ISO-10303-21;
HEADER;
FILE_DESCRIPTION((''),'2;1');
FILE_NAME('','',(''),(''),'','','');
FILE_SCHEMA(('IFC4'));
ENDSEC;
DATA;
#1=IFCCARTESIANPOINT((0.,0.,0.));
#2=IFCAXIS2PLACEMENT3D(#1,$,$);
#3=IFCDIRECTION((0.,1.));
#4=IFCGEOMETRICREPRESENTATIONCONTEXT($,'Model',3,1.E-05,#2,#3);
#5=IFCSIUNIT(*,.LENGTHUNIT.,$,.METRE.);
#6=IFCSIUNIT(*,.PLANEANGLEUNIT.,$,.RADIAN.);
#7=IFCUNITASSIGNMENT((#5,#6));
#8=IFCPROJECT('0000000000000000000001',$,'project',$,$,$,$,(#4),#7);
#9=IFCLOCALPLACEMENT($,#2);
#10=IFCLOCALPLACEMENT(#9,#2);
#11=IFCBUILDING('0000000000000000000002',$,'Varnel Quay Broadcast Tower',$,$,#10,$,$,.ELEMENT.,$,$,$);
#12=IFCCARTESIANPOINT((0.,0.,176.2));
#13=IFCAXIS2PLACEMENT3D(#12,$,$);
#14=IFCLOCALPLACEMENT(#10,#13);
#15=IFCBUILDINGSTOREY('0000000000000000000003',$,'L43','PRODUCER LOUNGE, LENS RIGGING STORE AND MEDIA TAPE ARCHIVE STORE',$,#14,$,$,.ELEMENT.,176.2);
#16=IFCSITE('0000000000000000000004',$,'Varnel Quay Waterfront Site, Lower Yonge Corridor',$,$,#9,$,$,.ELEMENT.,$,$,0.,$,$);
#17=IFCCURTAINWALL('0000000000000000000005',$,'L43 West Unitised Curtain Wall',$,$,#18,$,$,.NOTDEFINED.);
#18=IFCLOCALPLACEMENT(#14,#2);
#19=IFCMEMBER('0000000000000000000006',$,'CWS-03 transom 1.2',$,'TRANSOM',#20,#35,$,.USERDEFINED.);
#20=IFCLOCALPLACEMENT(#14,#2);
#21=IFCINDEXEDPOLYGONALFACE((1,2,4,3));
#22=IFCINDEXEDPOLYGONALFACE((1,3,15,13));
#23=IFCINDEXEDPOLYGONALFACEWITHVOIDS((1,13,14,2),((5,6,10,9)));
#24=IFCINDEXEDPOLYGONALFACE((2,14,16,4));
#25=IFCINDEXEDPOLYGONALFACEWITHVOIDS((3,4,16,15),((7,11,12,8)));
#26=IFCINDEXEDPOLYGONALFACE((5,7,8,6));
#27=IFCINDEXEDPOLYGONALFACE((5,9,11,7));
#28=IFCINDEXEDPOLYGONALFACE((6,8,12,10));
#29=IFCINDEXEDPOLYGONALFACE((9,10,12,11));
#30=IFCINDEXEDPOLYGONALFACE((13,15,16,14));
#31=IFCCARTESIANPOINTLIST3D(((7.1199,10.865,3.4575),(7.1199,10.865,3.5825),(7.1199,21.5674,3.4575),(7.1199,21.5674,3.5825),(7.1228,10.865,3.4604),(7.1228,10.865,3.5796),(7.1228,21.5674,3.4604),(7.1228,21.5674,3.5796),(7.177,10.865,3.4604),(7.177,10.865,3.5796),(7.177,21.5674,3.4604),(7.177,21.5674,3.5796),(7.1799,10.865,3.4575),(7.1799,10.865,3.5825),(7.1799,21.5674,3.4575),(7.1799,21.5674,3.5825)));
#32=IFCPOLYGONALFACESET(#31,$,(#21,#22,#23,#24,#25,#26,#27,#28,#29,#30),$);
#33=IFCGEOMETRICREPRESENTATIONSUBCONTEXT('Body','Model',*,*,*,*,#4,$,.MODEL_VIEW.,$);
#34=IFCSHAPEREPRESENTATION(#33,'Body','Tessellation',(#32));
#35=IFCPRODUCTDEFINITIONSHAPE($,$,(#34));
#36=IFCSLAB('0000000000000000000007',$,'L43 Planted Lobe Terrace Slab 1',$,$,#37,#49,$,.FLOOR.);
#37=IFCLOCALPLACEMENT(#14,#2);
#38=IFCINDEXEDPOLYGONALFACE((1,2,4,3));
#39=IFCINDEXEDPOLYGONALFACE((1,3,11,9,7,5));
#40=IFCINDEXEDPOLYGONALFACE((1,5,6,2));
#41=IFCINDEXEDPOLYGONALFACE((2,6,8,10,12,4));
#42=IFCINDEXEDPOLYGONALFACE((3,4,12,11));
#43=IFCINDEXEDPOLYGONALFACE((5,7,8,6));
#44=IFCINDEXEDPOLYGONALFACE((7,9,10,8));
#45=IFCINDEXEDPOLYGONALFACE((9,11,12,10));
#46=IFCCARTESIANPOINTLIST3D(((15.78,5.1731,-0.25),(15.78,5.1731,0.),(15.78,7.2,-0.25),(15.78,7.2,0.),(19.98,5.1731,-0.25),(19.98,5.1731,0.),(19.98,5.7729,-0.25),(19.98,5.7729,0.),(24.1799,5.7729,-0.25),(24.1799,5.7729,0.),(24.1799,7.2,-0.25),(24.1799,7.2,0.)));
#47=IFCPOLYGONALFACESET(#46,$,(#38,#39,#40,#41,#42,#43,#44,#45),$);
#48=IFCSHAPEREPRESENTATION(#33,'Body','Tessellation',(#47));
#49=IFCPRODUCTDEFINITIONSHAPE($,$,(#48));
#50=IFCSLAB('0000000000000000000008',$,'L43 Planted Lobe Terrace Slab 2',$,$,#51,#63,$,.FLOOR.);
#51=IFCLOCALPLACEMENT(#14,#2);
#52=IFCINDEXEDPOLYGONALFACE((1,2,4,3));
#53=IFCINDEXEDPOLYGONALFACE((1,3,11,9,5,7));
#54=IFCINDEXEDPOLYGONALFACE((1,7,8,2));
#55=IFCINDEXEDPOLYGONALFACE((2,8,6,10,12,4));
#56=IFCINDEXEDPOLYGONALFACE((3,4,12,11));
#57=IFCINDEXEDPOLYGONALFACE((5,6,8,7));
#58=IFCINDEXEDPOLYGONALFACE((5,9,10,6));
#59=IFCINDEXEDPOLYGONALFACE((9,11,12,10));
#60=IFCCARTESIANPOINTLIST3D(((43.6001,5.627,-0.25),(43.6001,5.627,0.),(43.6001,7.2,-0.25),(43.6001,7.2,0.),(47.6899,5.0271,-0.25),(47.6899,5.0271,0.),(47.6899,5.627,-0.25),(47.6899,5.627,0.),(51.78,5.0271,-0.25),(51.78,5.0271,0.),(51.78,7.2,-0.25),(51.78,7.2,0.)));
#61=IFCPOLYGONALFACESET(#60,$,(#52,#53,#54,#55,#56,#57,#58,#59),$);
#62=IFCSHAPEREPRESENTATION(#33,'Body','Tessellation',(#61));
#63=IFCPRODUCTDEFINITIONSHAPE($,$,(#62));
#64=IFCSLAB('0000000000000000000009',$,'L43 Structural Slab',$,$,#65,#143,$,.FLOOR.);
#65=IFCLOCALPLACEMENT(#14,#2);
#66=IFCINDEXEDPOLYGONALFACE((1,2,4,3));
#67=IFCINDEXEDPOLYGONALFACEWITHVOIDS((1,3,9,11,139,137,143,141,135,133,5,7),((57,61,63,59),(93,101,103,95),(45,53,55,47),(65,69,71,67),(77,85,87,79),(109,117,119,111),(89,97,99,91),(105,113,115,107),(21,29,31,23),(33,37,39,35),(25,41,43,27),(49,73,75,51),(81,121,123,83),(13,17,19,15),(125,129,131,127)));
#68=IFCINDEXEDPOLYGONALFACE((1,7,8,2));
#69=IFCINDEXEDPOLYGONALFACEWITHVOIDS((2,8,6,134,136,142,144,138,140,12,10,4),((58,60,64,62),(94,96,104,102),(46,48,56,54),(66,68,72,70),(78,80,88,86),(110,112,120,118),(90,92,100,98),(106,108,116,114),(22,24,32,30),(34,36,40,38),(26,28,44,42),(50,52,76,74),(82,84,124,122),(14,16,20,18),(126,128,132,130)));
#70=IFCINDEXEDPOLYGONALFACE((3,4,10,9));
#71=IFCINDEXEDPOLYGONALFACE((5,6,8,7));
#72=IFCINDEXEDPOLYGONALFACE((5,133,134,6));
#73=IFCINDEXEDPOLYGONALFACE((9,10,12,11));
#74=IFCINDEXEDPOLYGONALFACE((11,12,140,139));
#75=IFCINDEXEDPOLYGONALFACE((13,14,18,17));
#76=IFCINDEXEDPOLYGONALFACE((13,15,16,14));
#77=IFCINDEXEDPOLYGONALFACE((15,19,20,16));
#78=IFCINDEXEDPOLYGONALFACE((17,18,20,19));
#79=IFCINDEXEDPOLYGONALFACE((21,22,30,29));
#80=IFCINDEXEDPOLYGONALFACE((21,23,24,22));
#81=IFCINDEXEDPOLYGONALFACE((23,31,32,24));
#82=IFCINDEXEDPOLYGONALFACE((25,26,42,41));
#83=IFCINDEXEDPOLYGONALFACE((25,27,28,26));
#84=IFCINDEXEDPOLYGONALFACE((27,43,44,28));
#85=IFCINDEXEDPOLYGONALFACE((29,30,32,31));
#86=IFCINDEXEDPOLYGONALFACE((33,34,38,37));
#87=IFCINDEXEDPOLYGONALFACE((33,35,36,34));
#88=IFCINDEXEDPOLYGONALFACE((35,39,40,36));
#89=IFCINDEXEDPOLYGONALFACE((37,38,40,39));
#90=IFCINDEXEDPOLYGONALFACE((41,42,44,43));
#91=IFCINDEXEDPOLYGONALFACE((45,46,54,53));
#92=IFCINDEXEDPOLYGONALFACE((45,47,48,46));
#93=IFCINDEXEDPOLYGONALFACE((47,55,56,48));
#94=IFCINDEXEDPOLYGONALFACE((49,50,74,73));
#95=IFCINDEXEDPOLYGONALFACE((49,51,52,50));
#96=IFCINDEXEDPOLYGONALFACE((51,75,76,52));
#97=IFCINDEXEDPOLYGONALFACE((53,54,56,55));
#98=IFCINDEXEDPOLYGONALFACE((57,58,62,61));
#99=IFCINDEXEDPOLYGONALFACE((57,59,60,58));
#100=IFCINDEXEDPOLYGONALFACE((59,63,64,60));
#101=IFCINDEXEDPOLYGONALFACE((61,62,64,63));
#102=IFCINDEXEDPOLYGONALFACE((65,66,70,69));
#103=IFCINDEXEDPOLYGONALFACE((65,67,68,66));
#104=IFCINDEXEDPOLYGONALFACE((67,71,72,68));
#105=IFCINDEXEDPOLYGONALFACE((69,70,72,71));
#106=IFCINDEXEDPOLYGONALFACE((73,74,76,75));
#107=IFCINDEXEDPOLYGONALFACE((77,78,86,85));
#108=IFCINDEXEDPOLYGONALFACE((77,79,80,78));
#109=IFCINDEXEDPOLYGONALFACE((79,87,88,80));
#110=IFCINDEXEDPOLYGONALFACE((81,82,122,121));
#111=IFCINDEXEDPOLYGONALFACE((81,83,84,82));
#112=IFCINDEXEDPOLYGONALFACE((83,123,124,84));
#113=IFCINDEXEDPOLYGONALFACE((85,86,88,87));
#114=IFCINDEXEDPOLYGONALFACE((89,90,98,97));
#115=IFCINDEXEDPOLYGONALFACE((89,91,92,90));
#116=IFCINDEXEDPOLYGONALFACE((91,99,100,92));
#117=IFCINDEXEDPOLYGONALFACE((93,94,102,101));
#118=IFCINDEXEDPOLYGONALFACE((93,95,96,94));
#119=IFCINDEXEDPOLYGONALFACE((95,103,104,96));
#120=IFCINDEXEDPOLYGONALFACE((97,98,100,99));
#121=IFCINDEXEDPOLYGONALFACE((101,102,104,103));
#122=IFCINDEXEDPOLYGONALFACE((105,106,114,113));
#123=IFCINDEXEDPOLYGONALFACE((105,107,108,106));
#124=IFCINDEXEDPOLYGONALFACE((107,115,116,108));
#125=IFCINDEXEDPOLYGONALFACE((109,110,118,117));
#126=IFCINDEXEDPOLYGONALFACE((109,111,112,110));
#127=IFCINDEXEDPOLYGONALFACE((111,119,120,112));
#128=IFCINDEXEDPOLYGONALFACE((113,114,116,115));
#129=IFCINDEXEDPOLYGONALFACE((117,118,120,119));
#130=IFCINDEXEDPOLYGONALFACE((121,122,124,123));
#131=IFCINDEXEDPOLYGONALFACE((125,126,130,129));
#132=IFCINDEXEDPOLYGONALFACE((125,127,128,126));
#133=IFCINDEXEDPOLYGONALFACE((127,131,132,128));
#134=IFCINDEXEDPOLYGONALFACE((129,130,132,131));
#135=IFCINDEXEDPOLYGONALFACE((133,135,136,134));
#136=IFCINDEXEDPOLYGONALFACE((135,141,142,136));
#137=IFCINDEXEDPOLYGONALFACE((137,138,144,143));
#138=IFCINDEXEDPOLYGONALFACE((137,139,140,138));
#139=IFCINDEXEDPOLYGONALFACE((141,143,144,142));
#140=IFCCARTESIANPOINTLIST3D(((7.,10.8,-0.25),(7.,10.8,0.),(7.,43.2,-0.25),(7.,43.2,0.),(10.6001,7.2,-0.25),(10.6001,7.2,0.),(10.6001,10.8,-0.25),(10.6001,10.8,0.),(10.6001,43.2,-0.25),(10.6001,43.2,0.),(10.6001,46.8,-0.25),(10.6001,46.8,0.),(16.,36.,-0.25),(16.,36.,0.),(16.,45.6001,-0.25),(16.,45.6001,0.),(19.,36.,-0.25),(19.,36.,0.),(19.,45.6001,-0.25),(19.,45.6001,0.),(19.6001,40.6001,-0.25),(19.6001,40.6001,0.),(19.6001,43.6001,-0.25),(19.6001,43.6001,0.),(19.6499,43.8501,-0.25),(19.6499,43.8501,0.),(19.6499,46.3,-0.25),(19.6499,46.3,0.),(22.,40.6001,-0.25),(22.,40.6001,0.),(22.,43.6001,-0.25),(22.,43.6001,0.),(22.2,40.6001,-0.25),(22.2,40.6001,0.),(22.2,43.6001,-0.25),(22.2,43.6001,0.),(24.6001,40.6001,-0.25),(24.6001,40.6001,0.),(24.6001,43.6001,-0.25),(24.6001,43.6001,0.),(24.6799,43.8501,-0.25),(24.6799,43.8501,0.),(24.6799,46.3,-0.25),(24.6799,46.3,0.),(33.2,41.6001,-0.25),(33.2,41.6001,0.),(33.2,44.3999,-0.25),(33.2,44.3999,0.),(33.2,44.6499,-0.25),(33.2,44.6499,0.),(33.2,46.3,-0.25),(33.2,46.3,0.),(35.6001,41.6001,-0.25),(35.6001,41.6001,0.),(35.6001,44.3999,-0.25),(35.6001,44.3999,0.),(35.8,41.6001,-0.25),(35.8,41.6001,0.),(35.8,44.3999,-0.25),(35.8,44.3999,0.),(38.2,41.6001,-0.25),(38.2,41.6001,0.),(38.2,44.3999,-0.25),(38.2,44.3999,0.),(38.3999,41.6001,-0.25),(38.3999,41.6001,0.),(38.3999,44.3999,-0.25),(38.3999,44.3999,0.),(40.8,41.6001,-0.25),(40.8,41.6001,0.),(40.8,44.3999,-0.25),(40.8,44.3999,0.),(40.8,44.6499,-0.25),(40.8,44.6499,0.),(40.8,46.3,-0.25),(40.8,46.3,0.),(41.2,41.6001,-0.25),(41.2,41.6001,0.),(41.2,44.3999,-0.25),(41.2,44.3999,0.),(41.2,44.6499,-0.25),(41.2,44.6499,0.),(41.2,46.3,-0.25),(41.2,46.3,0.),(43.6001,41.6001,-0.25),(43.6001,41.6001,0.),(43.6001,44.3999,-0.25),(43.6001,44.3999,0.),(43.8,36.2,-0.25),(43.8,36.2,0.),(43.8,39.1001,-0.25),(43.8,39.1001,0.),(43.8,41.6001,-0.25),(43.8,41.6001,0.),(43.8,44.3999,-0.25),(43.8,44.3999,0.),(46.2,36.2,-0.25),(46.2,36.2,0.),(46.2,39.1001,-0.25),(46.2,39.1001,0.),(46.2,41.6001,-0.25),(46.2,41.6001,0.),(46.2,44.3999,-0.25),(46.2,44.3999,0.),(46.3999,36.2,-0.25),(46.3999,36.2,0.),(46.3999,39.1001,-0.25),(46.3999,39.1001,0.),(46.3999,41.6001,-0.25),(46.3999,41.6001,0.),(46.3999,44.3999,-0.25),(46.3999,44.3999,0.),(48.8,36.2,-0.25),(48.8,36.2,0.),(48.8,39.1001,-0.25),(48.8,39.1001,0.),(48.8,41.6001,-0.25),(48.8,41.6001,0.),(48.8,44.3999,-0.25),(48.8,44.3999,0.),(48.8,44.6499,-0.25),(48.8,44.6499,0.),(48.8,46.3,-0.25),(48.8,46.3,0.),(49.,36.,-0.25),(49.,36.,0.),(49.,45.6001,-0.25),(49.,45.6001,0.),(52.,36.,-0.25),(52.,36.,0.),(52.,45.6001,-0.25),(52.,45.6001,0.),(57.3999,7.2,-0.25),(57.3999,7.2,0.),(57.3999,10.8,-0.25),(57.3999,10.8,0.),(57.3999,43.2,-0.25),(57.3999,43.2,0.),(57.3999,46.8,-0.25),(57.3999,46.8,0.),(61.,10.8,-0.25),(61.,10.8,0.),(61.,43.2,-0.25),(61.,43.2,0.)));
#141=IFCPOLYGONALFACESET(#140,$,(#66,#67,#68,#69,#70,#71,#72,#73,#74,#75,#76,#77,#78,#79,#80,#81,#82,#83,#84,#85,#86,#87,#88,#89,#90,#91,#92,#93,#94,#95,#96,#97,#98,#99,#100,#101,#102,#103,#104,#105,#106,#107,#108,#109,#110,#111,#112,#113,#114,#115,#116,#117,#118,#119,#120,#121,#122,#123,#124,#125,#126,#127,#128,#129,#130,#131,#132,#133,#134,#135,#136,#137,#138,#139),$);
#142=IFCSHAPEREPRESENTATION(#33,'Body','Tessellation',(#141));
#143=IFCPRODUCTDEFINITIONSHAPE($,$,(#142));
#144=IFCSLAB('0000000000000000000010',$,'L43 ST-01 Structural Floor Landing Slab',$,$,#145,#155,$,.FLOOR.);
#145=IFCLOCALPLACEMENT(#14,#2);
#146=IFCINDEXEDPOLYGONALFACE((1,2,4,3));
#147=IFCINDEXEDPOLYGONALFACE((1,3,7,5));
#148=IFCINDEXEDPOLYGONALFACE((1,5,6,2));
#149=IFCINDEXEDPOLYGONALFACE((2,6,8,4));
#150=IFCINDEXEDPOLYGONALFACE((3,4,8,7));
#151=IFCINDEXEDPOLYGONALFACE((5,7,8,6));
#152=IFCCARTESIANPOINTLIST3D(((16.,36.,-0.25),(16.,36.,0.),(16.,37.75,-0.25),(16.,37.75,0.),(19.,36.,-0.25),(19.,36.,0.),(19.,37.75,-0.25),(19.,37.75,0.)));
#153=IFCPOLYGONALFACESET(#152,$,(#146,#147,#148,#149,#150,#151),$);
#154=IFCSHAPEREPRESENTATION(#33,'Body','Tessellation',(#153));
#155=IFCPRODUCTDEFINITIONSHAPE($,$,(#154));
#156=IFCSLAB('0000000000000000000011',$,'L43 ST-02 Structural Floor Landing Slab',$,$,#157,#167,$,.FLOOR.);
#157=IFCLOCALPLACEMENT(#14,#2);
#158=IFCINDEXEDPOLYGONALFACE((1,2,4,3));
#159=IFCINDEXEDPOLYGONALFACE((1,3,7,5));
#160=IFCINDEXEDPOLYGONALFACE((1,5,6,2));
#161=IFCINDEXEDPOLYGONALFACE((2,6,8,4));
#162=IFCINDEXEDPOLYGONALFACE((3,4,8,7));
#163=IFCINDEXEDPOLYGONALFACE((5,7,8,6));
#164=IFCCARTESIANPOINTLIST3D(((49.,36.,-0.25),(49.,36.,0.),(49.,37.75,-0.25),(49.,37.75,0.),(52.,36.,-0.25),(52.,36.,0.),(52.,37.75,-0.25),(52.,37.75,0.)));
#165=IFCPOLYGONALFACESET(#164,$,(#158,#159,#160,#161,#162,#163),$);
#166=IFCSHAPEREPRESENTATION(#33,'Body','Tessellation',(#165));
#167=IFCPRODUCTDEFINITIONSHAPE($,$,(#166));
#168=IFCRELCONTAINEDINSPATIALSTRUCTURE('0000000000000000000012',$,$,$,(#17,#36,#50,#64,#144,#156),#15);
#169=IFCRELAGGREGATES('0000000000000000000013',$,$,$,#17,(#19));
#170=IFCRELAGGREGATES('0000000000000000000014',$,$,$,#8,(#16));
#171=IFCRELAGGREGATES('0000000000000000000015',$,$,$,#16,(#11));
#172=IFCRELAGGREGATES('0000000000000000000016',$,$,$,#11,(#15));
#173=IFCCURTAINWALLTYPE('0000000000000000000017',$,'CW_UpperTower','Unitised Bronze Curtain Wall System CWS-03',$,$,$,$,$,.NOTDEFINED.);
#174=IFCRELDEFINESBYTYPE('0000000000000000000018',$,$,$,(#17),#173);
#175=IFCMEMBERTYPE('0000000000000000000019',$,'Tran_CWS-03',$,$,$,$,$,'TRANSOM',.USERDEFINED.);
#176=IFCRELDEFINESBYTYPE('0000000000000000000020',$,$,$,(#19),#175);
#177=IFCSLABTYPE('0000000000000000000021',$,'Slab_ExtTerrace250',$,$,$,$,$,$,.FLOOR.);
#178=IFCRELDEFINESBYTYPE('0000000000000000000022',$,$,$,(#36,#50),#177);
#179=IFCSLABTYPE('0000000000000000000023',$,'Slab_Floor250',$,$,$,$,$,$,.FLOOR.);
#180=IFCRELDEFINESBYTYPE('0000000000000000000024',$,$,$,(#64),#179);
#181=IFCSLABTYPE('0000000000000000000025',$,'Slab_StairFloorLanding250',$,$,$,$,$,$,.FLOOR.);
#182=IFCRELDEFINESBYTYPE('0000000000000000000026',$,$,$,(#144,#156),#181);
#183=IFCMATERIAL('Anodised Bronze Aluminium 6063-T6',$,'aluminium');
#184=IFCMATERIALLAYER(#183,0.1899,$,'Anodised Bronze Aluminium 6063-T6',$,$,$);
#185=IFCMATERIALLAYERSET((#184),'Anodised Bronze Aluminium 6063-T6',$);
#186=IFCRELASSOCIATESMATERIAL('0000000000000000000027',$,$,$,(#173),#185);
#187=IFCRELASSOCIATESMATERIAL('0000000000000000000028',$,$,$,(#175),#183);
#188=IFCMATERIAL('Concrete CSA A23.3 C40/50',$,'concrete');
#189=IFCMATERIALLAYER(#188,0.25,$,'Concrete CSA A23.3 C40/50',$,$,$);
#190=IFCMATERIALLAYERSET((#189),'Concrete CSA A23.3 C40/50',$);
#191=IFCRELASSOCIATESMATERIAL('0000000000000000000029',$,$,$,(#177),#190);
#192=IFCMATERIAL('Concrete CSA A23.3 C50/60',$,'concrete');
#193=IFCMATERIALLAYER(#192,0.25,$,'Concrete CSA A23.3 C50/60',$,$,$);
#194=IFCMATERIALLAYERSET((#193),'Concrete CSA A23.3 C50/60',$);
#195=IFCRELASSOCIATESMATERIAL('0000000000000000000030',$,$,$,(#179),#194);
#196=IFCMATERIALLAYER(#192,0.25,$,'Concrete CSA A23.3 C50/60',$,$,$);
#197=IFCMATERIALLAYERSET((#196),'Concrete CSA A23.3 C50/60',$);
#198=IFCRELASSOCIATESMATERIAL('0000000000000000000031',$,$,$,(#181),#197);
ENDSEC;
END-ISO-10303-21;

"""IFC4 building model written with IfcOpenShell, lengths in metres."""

from ifc_helpers import new_model, si_unit, direction, frame, origin, origin_2d, place, context, subcontext, project, spatial, polyline, hollow_rectangle, outline, extrude, source, transform, mapped, material, layer, layer_set, material_profile, profile_set, type_object, type_shapes, element, aggregate, save


model = new_model("IFC4")

# Units and contexts
model_context = context("Model", 3, precision=1e-05, world=origin(), true_north=direction((0.0, 1.0)))
body_context = subcontext(model_context, "Body", "Model", "MODEL_VIEW")
ifc_project = project(units=[si_unit("LENGTHUNIT", "METRE"), si_unit("PLANEANGLEUNIT", "RADIAN")], contexts=[model_context])

# Site, building, storey
site_placement = place(None, origin())
site = spatial("IfcSite", under=ifc_project, at=site_placement, Name="Varnel Quay Waterfront Site, Lower Yonge Corridor", CompositionType="ELEMENT", RefElevation=0.0)
building_placement = place(site_placement, origin())
building = spatial("IfcBuilding", under=site, at=building_placement, Name="Varnel Quay Broadcast Tower", CompositionType="ELEMENT")
storey_placement = place(building_placement, frame((0.0, 0.0, 176.2)))
storey = spatial("IfcBuildingStorey", under=building, at=storey_placement, Name="L43", Description="PRODUCER LOUNGE, LENS RIGGING STORE AND MEDIA TAPE ARCHIVE STORE", CompositionType="ELEMENT", Elevation=176.2)

# Curtain wall, member
ifc_material_1 = material(Name="Anodised Bronze Aluminium 6063-T6", Category="aluminium")
ifc_layer_1 = layer(ifc_material_1, 0.1899, Name="Anodised Bronze Aluminium 6063-T6")
ifc_layer_set_1 = layer_set([ifc_layer_1], Name="Anodised Bronze Aluminium 6063-T6")
curtain_wall_type_1 = type_object("IfcCurtainWallType", Name="CW_UpperTower", Description="Unitised Bronze Curtain Wall System CWS-03", PredefinedType="NOTDEFINED", material=ifc_layer_set_1)
curtain_wall_1_placement = place(storey_placement, origin())
curtain_wall_1 = element("IfcCurtainWall", 1, at=curtain_wall_1_placement, inside=storey, type_object=curtain_wall_type_1, Name="L43 West Unitised Curtain Wall", PredefinedType="NOTDEFINED")
ifc_material_profile_1 = material_profile(ifc_material_1, hollow_rectangle(XDim=0.0601, YDim=0.125, WallThickness=0.0029, at=origin_2d()), Name="ALU60X125X3")
ifc_profile_set_1 = profile_set([ifc_material_profile_1], Name="Anodised Bronze Aluminium 6063-T6")
member_type_1 = type_object("IfcMemberType", Name="Tran_CWS-03", ElementType="TRANSOM", PredefinedType="USERDEFINED", material=ifc_profile_set_1)
shared_shape_1 = source(origin(), body_context, "Body", "SweptSolid", [
    extrude(hollow_rectangle(XDim=0.0601, YDim=0.125, WallThickness=0.0029, at=origin_2d()), origin(), (0.0, 0.0, 1.0), 10.7024),
])
type_shapes(member_type_1, [shared_shape_1])
member_1_placement = place(storey_placement, frame((7.1499, 10.865, 3.52), z_axis=(0.0, 1.0, 0.0), x_axis=(-1.0, 0.0, 0.0)))
member_1 = element("IfcMember", 2, at=member_1_placement, type_object=member_type_1, Name="CWS-03 transom 1.2", ObjectType="TRANSOM", PredefinedType="USERDEFINED", context=body_context, shape_type="MappedRepresentation", body=[
    mapped(shared_shape_1, transform((0.0, 0.0, 0.0), x_axis=(1.0, 0.0, 0.0), y_axis=(0.0, 1.0, 0.0), z_axis=(0.0, 0.0, 1.0), scale=1.0)),
])
aggregate(curtain_wall_1, [member_1])

# Slabs
ifc_material_2 = material(Name="Concrete CSA A23.3 C40/50", Category="concrete")
ifc_layer_2 = layer(ifc_material_2, 0.25, Name="Concrete CSA A23.3 C40/50")
ifc_layer_set_2 = layer_set([ifc_layer_2], Name="Concrete CSA A23.3 C40/50")
slab_type_1 = type_object("IfcSlabType", Name="Slab_ExtTerrace250", PredefinedType="FLOOR", material=ifc_layer_set_2)
slab_1_placement = place(storey_placement, frame((0.0, 0.0, -0.25)))
element("IfcSlab", 3, at=slab_1_placement, inside=storey, type_object=slab_type_1, Name="L43 Planted Lobe Terrace Slab 1", PredefinedType="FLOOR", context=body_context, shape_type="SweptSolid", body=[
    extrude(outline(polyline([(15.78, 5.1731), (19.98, 5.1731), (19.98, 5.7729), (24.1799, 5.7729), (24.1799, 7.2), (15.78, 7.2), (15.78, 5.1731)])), origin(), (0.0, 0.0, 1.0), 0.25),
])
slab_2_placement = place(storey_placement, frame((0.0, 0.0, -0.25)))
element("IfcSlab", 4, at=slab_2_placement, inside=storey, type_object=slab_type_1, Name="L43 Planted Lobe Terrace Slab 2", PredefinedType="FLOOR", context=body_context, shape_type="SweptSolid", body=[
    extrude(outline(polyline([(43.6001, 5.627), (47.6899, 5.627), (47.6899, 5.0271), (51.78, 5.0271), (51.78, 7.2), (43.6001, 7.2), (43.6001, 5.627)])), origin(), (0.0, 0.0, 1.0), 0.25),
])
ifc_material_3 = material(Name="Concrete CSA A23.3 C50/60", Category="concrete")
ifc_layer_3 = layer(ifc_material_3, 0.25, Name="Concrete CSA A23.3 C50/60")
ifc_layer_set_3 = layer_set([ifc_layer_3], Name="Concrete CSA A23.3 C50/60")
slab_type_2 = type_object("IfcSlabType", Name="Slab_Floor250", PredefinedType="FLOOR", material=ifc_layer_set_3)
slab_3_placement = place(storey_placement, frame((0.0, 0.0, -0.25)))
element("IfcSlab", 5, at=slab_3_placement, inside=storey, type_object=slab_type_2, Name="L43 Structural Slab", PredefinedType="FLOOR", context=body_context, shape_type="SweptSolid", body=[
    extrude(outline(polyline([(10.6001, 7.2), (57.3999, 7.2), (57.3999, 10.8), (61.0, 10.8), (61.0, 43.2), (57.3999, 43.2), (57.3999, 46.8), (10.6001, 46.8), (10.6001, 43.2), (7.0, 43.2), (7.0, 10.8), (10.6001, 10.8), (10.6001, 7.2)]), holes=[polyline([(19.0, 36.0), (16.0, 36.0), (16.0, 45.6001), (19.0, 45.6001), (19.0, 36.0)]), polyline([(19.6001, 43.6001), (22.0, 43.6001), (22.0, 40.6001), (19.6001, 40.6001), (19.6001, 43.6001)]), polyline([(22.2, 43.6001), (24.6001, 43.6001), (24.6001, 40.6001), (22.2, 40.6001), (22.2, 43.6001)]), polyline([(33.2, 44.3999), (35.6001, 44.3999), (35.6001, 41.6001), (33.2, 41.6001), (33.2, 44.3999)]), polyline([(35.8, 44.3999), (38.2, 44.3999), (38.2, 41.6001), (35.8, 41.6001), (35.8, 44.3999)]), polyline([(38.3999, 44.3999), (40.8, 44.3999), (40.8, 41.6001), (38.3999, 41.6001), (38.3999, 44.3999)]), polyline([(19.6499, 46.3), (24.6799, 46.3), (24.6799, 43.8501), (19.6499, 43.8501), (19.6499, 46.3)]), polyline([(33.2, 46.3), (40.8, 46.3), (40.8, 44.6499), (33.2, 44.6499), (33.2, 46.3)]), polyline([(43.8, 39.1001), (46.2, 39.1001), (46.2, 36.2), (43.8, 36.2), (43.8, 39.1001)]), polyline([(46.3999, 39.1001), (48.8, 39.1001), (48.8, 36.2), (46.3999, 36.2), (46.3999, 39.1001)]), polyline([(49.0, 36.0), (49.0, 45.6001), (52.0, 45.6001), (52.0, 36.0), (49.0, 36.0)]), polyline([(41.2, 44.3999), (43.6001, 44.3999), (43.6001, 41.6001), (41.2, 41.6001), (41.2, 44.3999)]), polyline([(43.8, 44.3999), (46.2, 44.3999), (46.2, 41.6001), (43.8, 41.6001), (43.8, 44.3999)]), polyline([(46.3999, 44.3999), (48.8, 44.3999), (48.8, 41.6001), (46.3999, 41.6001), (46.3999, 44.3999)]), polyline([(41.2, 46.3), (48.8, 46.3), (48.8, 44.6499), (41.2, 44.6499), (41.2, 46.3)])]), origin(), (0.0, 0.0, 1.0), 0.25),
])
ifc_layer_4 = layer(ifc_material_3, 0.25, Name="Concrete CSA A23.3 C50/60")
ifc_layer_set_4 = layer_set([ifc_layer_4], Name="Concrete CSA A23.3 C50/60")
slab_type_3 = type_object("IfcSlabType", Name="Slab_StairFloorLanding250", PredefinedType="FLOOR", material=ifc_layer_set_4)
slab_4_placement = place(storey_placement, frame((0.0, 0.0, -0.25)))
element("IfcSlab", 6, at=slab_4_placement, inside=storey, type_object=slab_type_3, Name="L43 ST-01 Structural Floor Landing Slab", PredefinedType="FLOOR", context=body_context, shape_type="SweptSolid", body=[
    extrude(outline(polyline([(19.0, 36.0), (19.0, 37.75), (16.0, 37.75), (16.0, 36.0), (19.0, 36.0)])), origin(), (0.0, 0.0, 1.0), 0.25),
])
slab_5_placement = place(storey_placement, frame((0.0, 0.0, -0.25)))
element("IfcSlab", 7, at=slab_5_placement, inside=storey, type_object=slab_type_3, Name="L43 ST-02 Structural Floor Landing Slab", PredefinedType="FLOOR", context=body_context, shape_type="SweptSolid", body=[
    extrude(outline(polyline([(52.0, 36.0), (52.0, 37.75), (49.0, 37.75), (49.0, 36.0), (52.0, 36.0)])), origin(), (0.0, 0.0, 1.0), 0.25),
])

save(model, "model.ifc")
